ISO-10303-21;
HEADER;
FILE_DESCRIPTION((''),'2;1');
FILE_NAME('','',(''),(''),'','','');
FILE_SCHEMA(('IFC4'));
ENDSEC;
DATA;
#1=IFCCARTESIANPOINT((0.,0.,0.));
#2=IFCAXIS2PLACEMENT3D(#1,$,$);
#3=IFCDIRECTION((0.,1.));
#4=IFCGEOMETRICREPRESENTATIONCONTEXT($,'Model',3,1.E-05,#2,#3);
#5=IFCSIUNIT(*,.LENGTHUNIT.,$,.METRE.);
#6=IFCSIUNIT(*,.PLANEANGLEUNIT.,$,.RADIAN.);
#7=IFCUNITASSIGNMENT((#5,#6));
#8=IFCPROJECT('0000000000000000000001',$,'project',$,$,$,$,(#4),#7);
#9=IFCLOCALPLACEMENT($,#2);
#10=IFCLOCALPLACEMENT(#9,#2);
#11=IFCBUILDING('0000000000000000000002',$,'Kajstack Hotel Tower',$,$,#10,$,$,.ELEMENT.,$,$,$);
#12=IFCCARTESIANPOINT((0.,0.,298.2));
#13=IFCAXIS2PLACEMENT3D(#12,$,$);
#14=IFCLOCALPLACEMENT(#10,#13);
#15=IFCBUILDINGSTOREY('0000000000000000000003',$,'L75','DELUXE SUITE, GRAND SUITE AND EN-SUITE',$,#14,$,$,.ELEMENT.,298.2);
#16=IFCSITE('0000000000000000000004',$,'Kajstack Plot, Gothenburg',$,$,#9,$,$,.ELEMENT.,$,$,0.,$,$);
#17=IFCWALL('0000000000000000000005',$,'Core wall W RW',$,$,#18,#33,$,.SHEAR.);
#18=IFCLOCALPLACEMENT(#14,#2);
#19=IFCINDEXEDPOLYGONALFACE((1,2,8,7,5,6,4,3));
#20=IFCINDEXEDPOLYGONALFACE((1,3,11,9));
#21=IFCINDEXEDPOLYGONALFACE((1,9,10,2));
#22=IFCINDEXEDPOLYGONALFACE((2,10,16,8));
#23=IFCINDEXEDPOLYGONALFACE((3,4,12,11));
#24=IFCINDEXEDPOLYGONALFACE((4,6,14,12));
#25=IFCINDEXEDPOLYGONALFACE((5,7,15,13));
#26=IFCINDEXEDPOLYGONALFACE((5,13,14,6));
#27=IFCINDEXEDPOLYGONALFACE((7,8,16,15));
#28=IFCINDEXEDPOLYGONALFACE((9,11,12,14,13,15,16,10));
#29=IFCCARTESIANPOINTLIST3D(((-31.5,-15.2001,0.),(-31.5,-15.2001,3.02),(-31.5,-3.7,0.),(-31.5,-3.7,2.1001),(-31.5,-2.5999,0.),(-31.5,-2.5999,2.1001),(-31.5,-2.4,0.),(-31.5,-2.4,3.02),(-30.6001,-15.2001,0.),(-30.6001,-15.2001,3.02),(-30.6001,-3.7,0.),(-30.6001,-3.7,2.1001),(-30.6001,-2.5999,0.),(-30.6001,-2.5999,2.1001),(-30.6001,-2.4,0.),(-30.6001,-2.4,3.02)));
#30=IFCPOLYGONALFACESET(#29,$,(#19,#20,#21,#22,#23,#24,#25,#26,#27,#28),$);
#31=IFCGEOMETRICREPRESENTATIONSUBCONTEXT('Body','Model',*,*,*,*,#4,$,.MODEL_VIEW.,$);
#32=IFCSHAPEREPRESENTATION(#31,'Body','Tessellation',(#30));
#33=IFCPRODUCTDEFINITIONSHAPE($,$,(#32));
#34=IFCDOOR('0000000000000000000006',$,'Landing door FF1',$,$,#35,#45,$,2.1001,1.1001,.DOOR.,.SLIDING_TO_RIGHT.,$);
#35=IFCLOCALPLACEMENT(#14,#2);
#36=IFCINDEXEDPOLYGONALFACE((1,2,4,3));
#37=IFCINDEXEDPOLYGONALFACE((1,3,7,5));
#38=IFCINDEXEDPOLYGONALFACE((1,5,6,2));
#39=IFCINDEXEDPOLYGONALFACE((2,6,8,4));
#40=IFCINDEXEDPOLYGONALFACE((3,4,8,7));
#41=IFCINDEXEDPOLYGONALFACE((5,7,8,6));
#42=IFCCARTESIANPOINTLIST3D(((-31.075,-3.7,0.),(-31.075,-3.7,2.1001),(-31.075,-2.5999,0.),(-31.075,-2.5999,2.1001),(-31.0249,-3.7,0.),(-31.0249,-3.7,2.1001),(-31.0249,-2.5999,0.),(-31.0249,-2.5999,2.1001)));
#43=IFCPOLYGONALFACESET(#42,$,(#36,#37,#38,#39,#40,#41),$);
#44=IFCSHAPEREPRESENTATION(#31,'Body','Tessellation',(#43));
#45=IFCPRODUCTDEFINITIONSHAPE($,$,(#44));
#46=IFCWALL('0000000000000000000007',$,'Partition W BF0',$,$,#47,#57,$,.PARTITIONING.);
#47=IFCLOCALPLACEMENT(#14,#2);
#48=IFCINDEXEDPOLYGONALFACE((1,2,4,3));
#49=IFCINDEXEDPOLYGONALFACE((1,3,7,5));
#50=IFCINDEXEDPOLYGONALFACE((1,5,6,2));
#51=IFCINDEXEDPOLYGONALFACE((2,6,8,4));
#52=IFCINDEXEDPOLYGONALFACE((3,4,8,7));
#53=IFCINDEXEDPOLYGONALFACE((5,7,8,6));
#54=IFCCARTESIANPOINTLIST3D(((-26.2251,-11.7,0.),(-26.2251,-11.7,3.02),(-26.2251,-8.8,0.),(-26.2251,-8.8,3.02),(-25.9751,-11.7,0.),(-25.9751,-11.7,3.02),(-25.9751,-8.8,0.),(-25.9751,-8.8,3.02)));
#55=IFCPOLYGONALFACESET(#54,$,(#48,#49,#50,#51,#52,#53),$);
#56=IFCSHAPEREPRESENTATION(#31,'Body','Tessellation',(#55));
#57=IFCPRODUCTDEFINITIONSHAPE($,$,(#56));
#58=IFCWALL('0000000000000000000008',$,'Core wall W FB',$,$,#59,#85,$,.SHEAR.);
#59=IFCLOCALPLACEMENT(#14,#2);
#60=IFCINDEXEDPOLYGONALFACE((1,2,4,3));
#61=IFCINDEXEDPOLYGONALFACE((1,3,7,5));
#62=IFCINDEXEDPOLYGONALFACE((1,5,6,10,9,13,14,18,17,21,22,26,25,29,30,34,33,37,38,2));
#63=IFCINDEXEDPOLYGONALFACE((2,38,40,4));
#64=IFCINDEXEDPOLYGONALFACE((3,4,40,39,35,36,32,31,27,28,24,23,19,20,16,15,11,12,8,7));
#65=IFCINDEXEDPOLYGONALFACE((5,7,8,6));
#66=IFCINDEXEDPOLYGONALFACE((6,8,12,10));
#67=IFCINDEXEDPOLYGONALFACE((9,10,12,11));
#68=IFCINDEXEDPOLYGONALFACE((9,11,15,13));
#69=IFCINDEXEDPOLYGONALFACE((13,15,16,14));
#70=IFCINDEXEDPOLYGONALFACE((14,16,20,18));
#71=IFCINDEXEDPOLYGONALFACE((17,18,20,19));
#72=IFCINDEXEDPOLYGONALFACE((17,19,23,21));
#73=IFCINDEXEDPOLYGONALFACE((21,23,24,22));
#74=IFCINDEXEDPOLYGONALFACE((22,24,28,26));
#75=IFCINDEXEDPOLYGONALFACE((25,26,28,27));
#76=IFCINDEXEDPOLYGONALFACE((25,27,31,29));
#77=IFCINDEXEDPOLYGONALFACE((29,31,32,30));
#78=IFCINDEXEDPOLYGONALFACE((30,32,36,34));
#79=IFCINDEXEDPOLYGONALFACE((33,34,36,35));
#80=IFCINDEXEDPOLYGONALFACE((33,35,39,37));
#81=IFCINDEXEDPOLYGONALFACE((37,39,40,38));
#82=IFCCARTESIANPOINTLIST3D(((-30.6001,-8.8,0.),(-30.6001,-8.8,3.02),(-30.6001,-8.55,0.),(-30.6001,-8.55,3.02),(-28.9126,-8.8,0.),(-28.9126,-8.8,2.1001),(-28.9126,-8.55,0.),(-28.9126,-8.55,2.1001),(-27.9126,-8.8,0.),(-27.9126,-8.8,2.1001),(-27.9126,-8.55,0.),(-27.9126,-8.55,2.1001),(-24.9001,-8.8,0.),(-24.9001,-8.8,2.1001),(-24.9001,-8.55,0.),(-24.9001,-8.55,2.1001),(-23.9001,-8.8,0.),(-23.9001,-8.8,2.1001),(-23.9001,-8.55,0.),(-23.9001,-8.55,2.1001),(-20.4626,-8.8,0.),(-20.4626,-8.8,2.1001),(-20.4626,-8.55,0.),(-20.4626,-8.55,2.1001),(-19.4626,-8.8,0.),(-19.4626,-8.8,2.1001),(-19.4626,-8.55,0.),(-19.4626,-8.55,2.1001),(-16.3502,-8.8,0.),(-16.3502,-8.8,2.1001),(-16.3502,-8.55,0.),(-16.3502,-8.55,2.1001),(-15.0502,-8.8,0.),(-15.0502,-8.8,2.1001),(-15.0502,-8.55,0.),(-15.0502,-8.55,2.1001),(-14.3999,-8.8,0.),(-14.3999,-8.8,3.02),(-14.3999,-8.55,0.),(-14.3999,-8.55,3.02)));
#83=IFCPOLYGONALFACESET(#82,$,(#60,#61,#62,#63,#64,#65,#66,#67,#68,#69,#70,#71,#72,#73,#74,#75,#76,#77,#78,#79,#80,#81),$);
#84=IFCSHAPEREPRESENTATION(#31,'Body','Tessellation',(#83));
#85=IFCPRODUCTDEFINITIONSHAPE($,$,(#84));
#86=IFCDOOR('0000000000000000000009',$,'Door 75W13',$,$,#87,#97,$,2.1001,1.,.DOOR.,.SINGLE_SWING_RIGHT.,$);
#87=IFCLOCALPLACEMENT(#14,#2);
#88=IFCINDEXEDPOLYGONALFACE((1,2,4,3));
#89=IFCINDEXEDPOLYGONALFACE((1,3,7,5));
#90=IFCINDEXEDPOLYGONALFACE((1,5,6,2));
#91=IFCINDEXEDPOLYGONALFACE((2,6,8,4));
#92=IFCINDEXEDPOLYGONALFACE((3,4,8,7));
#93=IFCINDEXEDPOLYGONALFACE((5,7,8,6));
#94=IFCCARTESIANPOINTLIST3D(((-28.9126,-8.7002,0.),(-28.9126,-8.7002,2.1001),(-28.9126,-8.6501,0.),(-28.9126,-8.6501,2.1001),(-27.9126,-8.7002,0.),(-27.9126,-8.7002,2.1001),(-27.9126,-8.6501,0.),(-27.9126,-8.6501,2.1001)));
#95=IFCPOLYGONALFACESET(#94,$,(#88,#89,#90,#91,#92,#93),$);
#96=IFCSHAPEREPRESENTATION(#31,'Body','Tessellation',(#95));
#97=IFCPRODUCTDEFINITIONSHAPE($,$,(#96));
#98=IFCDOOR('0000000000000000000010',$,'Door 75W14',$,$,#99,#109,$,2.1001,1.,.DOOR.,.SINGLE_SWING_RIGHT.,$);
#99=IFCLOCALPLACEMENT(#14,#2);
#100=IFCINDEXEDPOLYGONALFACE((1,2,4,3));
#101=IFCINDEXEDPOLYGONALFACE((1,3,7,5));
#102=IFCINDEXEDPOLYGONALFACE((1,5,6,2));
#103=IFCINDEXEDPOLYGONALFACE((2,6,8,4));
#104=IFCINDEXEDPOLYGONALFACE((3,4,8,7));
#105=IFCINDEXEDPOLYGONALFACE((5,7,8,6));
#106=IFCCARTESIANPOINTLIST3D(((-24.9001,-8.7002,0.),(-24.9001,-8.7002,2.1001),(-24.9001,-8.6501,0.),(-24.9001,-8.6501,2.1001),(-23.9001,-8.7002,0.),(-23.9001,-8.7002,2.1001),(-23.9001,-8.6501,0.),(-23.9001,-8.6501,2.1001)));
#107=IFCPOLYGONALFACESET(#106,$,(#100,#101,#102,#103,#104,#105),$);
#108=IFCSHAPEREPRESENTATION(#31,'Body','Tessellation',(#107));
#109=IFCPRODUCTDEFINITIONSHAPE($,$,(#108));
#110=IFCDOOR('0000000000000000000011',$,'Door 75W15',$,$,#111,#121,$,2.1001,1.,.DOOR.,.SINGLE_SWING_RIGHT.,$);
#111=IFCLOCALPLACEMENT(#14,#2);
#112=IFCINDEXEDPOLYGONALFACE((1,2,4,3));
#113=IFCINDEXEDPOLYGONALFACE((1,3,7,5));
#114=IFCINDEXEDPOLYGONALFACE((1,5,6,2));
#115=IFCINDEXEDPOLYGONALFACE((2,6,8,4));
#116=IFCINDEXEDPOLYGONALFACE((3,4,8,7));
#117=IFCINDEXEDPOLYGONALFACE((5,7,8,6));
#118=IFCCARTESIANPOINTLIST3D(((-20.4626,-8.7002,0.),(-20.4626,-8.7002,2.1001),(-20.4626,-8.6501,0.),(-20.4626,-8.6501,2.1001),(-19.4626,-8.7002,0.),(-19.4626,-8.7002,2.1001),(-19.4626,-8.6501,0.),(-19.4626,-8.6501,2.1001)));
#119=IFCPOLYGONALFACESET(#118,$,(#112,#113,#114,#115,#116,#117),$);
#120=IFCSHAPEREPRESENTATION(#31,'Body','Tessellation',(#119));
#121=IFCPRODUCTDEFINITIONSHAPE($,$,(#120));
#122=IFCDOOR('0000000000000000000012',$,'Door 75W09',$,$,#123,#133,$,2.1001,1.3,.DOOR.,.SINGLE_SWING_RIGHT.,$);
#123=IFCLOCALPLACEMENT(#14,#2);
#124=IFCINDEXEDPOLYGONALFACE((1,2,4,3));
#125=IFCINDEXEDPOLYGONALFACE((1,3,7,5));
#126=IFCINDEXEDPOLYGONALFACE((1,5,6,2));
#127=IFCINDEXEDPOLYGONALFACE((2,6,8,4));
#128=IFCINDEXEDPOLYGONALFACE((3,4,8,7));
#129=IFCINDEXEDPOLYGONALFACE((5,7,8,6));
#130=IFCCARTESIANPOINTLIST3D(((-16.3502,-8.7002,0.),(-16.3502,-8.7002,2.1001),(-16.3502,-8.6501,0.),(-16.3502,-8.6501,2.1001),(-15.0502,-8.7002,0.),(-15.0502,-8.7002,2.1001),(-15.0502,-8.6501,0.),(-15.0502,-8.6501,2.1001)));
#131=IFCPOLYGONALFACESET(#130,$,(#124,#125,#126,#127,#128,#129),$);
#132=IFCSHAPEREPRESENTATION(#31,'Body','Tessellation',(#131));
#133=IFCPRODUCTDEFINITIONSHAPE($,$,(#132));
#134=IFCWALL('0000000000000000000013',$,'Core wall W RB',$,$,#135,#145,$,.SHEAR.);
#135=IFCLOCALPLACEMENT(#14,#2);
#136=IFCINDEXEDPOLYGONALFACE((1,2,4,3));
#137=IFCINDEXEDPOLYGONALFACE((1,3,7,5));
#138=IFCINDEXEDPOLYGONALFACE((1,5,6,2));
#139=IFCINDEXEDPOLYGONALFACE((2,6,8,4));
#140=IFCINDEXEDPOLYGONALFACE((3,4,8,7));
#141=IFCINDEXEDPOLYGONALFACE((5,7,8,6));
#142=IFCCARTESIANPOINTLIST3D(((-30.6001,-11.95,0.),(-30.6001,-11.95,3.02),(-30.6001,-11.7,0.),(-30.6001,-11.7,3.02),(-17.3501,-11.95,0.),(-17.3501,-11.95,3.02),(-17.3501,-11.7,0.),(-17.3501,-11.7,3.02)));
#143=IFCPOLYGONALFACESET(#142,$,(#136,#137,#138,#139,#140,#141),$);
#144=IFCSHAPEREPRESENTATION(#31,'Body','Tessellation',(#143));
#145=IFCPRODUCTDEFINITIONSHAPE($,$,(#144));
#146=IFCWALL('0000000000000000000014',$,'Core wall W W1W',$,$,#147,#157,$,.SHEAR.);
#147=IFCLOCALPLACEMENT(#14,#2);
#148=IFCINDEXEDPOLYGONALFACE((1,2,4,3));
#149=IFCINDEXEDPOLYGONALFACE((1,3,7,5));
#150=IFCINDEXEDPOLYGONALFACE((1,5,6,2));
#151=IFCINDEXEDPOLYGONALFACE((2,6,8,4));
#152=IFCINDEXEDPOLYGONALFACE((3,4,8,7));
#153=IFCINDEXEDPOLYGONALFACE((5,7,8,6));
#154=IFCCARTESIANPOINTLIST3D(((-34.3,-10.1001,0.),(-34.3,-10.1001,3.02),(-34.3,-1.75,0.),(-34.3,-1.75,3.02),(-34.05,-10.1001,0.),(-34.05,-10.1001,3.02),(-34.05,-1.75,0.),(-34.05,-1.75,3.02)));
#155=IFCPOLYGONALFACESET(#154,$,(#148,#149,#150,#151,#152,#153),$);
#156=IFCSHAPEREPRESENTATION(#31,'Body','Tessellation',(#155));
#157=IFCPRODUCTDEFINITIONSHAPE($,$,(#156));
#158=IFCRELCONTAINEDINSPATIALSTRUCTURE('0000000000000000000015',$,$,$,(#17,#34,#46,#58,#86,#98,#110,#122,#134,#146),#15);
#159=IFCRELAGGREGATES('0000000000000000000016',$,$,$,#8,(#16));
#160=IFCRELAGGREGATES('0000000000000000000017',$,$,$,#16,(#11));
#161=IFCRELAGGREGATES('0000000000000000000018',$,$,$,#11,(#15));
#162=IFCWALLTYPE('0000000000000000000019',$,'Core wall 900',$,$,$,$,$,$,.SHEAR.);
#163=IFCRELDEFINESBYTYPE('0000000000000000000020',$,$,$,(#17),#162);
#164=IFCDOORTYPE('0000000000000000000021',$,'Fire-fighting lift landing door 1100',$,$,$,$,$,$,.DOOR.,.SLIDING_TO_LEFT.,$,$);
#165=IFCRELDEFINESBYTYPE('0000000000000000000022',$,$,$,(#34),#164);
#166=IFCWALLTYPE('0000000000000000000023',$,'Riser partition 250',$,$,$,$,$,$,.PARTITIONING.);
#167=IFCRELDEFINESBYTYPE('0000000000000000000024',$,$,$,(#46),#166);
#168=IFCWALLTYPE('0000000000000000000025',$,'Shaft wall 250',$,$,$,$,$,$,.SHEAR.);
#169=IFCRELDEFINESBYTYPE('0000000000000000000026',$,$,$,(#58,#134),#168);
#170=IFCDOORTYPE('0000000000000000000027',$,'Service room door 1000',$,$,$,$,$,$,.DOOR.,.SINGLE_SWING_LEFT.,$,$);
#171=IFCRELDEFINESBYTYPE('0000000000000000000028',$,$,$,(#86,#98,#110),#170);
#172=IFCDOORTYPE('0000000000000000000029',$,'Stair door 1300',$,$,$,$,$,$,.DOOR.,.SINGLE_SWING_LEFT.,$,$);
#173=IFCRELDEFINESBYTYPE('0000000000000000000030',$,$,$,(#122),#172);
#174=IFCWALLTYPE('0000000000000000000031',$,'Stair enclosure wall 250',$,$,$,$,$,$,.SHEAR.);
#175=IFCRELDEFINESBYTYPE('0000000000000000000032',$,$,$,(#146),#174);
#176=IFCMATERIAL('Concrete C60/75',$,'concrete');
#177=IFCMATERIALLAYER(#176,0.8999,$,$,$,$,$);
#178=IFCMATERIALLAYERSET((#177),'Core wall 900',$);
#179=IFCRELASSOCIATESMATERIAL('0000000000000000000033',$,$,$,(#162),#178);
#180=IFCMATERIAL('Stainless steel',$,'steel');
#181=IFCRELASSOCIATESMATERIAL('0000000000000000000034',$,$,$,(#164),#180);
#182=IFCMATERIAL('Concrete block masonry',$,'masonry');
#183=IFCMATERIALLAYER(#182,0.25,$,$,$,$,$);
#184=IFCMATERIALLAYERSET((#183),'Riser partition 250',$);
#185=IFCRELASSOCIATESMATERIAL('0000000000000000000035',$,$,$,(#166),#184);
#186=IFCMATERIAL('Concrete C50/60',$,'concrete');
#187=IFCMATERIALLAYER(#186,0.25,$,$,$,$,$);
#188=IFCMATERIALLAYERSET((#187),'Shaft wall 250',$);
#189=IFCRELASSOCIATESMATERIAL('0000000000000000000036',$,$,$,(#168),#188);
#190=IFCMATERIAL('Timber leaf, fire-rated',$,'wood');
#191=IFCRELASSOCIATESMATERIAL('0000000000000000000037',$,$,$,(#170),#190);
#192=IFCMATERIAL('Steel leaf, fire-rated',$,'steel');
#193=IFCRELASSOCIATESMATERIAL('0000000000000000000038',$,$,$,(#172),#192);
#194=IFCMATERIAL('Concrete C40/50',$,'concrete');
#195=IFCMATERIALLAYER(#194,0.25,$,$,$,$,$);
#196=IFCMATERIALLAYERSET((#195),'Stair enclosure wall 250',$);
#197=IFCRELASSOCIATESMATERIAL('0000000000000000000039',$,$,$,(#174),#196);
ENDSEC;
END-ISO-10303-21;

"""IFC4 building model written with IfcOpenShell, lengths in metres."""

from ifc_helpers import new_model, si_unit, direction, frame, frame_2d, origin, place, context, subcontext, project, spatial, rectangle, extrude, material, layer, layer_set, type_object, element, fill, save


model = new_model("IFC4")

# Units and contexts
model_context = context("Model", 3, precision=1e-05, world=origin(), true_north=direction((0.0, 1.0)))
body_context = subcontext(model_context, "Body", "Model", "MODEL_VIEW")
ifc_project = project(units=[si_unit("LENGTHUNIT", "METRE"), si_unit("PLANEANGLEUNIT", "RADIAN")], contexts=[model_context])

# Site, building, storey
site_placement = place(None, origin())
site = spatial("IfcSite", under=ifc_project, at=site_placement, Name="Kajstack Plot, Gothenburg", CompositionType="ELEMENT", RefElevation=0.0)
building_placement = place(site_placement, origin())
building = spatial("IfcBuilding", under=site, at=building_placement, Name="Kajstack Hotel Tower", CompositionType="ELEMENT")
storey_placement = place(building_placement, frame((0.0, 0.0, 298.2)))
storey = spatial("IfcBuildingStorey", under=building, at=storey_placement, Name="L75", Description="DELUXE SUITE, GRAND SUITE AND EN-SUITE", CompositionType="ELEMENT", Elevation=298.2)

# Wall, opening, door
ifc_material_1 = material(Name="Concrete C60/75", Category="concrete")
ifc_layer_1 = layer(ifc_material_1, 0.8999)
ifc_layer_set_1 = layer_set([ifc_layer_1], Name="Core wall 900")
wall_type_1 = type_object("IfcWallType", Name="Core wall 900", PredefinedType="SHEAR", material=ifc_layer_set_1)
wall_1_placement = place(storey_placement, frame((-31.05, -15.2, 0.0), z_axis=(0.0, 0.0, 1.0), x_axis=(0.0, 1.0, 0.0)))
wall_1 = element("IfcWall", 1, at=wall_1_placement, inside=storey, type_object=wall_type_1, Name="Core wall W RW", PredefinedType="SHEAR", context=body_context, shape_type="SweptSolid", body=[
    extrude(rectangle(XDim=12.8, YDim=0.8999, at=frame_2d((6.3999, 0.0))), origin(), (0.0, 0.0, 1.0), 3.02),
])
opening_1_placement = place(wall_1_placement, frame((11.5, 0.0, 0.0)))
opening_1 = element("IfcOpeningElement", 2, at=opening_1_placement, cuts=wall_1, PredefinedType="OPENING", context=body_context, shape_type="SweptSolid", body=[
    extrude(rectangle(XDim=1.1001, YDim=2.1001, at=frame_2d((0.55, 1.05))), frame((0.0, 0.46, 0.0), z_axis=(0.0, -1.0, 0.0), x_axis=(1.0, 0.0, 0.0)), (0.0, 0.0, 1.0), 0.9199),
])
ifc_material_2 = material(Name="Stainless steel", Category="steel")
door_type_1 = type_object("IfcDoorType", Name="Fire-fighting lift landing door 1100", OperationType="SLIDING_TO_LEFT", PredefinedType="DOOR", material=ifc_material_2)
door_1_placement = place(opening_1_placement, origin())
door_1 = element("IfcDoor", 3, at=door_1_placement, inside=storey, type_object=door_type_1, Name="Landing door FF1", OperationType="SLIDING_TO_RIGHT", OverallHeight=2.1001, OverallWidth=1.1001, PredefinedType="DOOR", context=body_context, shape_type="SweptSolid", body=[
    extrude(rectangle(XDim=1.1001, YDim=2.1001, at=frame_2d((0.55, 1.05))), frame((0.0, 0.0249, 0.0), z_axis=(0.0, -1.0, 0.0), x_axis=(1.0, 0.0, 0.0)), (0.0, 0.0, 1.0), 0.05),
])
fill(opening_1, door_1)

# Wall
ifc_material_3 = material(Name="Concrete block masonry", Category="masonry")
ifc_layer_2 = layer(ifc_material_3, 0.25)
ifc_layer_set_2 = layer_set([ifc_layer_2], Name="Riser partition 250")
wall_type_2 = type_object("IfcWallType", Name="Riser partition 250", PredefinedType="PARTITIONING", material=ifc_layer_set_2)
wall_2_placement = place(storey_placement, frame((-26.1001, -11.7, 0.0), z_axis=(0.0, 0.0, 1.0), x_axis=(0.0, 1.0, 0.0)))
element("IfcWall", 4, at=wall_2_placement, inside=storey, type_object=wall_type_2, Name="Partition W BF0", PredefinedType="PARTITIONING", context=body_context, shape_type="SweptSolid", body=[
    extrude(rectangle(XDim=2.8999, YDim=0.25, at=frame_2d((1.45, 0.0))), origin(), (0.0, 0.0, 1.0), 3.02),
])

# Wall, openings, doors
ifc_material_4 = material(Name="Concrete C50/60", Category="concrete")
ifc_layer_3 = layer(ifc_material_4, 0.25)
ifc_layer_set_3 = layer_set([ifc_layer_3], Name="Shaft wall 250")
wall_type_3 = type_object("IfcWallType", Name="Shaft wall 250", PredefinedType="SHEAR", material=ifc_layer_set_3)
wall_3_placement = place(storey_placement, frame((-30.6001, -8.675, 0.0), z_axis=(0.0, 0.0, 1.0), x_axis=(1.0, 0.0, 0.0)))
wall_3 = element("IfcWall", 5, at=wall_3_placement, inside=storey, type_object=wall_type_3, Name="Core wall W FB", PredefinedType="SHEAR", context=body_context, shape_type="SweptSolid", body=[
    extrude(rectangle(XDim=16.2002, YDim=0.25, at=frame_2d((8.1001, 0.0))), origin(), (0.0, 0.0, 1.0), 3.02),
])
opening_2_placement = place(wall_3_placement, frame((14.25, 0.0, 0.0)))
opening_2 = element("IfcOpeningElement", 6, at=opening_2_placement, cuts=wall_3, PredefinedType="OPENING", context=body_context, shape_type="SweptSolid", body=[
    extrude(rectangle(XDim=1.3, YDim=2.1001, at=frame_2d((0.6499, 1.05))), frame((0.0, 0.135, 0.0), z_axis=(0.0, -1.0, 0.0), x_axis=(1.0, 0.0, 0.0)), (0.0, 0.0, 1.0), 0.27),
])
opening_3_placement = place(wall_3_placement, frame((1.6875, 0.0, 0.0)))
opening_3 = element("IfcOpeningElement", 7, at=opening_3_placement, cuts=wall_3, PredefinedType="OPENING", context=body_context, shape_type="SweptSolid", body=[
    extrude(rectangle(XDim=1.0, YDim=2.1001, at=frame_2d((0.5, 1.05))), frame((0.0, 0.135, 0.0), z_axis=(0.0, -1.0, 0.0), x_axis=(1.0, 0.0, 0.0)), (0.0, 0.0, 1.0), 0.27),
])
opening_4_placement = place(wall_3_placement, frame((5.7, 0.0, 0.0)))
opening_4 = element("IfcOpeningElement", 8, at=opening_4_placement, cuts=wall_3, PredefinedType="OPENING", context=body_context, shape_type="SweptSolid", body=[
    extrude(rectangle(XDim=1.0, YDim=2.1001, at=frame_2d((0.5, 1.05))), frame((0.0, 0.135, 0.0), z_axis=(0.0, -1.0, 0.0), x_axis=(1.0, 0.0, 0.0)), (0.0, 0.0, 1.0), 0.27),
])
opening_5_placement = place(wall_3_placement, frame((10.1375, 0.0, 0.0)))
opening_5 = element("IfcOpeningElement", 9, at=opening_5_placement, cuts=wall_3, PredefinedType="OPENING", context=body_context, shape_type="SweptSolid", body=[
    extrude(rectangle(XDim=1.0, YDim=2.1001, at=frame_2d((0.5, 1.05))), frame((0.0, 0.135, 0.0), z_axis=(0.0, -1.0, 0.0), x_axis=(1.0, 0.0, 0.0)), (0.0, 0.0, 1.0), 0.27),
])
ifc_material_5 = material(Name="Timber leaf, fire-rated", Category="wood")
door_type_2 = type_object("IfcDoorType", Name="Service room door 1000", OperationType="SINGLE_SWING_LEFT", PredefinedType="DOOR", material=ifc_material_5)
door_2_placement = place(opening_3_placement, origin())
door_2 = element("IfcDoor", 10, at=door_2_placement, inside=storey, type_object=door_type_2, Name="Door 75W13", OperationType="SINGLE_SWING_RIGHT", OverallHeight=2.1001, OverallWidth=1.0, PredefinedType="DOOR", context=body_context, shape_type="SweptSolid", body=[
    extrude(rectangle(XDim=1.0, YDim=2.1001, at=frame_2d((0.5, 1.05))), frame((0.0, 0.0249, 0.0), z_axis=(0.0, -1.0, 0.0), x_axis=(1.0, 0.0, 0.0)), (0.0, 0.0, 1.0), 0.05),
])
fill(opening_3, door_2)
door_3_placement = place(opening_4_placement, origin())
door_3 = element("IfcDoor", 11, at=door_3_placement, inside=storey, type_object=door_type_2, Name="Door 75W14", OperationType="SINGLE_SWING_RIGHT", OverallHeight=2.1001, OverallWidth=1.0, PredefinedType="DOOR", context=body_context, shape_type="SweptSolid", body=[
    extrude(rectangle(XDim=1.0, YDim=2.1001, at=frame_2d((0.5, 1.05))), frame((0.0, 0.0249, 0.0), z_axis=(0.0, -1.0, 0.0), x_axis=(1.0, 0.0, 0.0)), (0.0, 0.0, 1.0), 0.05),
])
fill(opening_4, door_3)
door_4_placement = place(opening_5_placement, origin())
door_4 = element("IfcDoor", 12, at=door_4_placement, inside=storey, type_object=door_type_2, Name="Door 75W15", OperationType="SINGLE_SWING_RIGHT", OverallHeight=2.1001, OverallWidth=1.0, PredefinedType="DOOR", context=body_context, shape_type="SweptSolid", body=[
    extrude(rectangle(XDim=1.0, YDim=2.1001, at=frame_2d((0.5, 1.05))), frame((0.0, 0.0249, 0.0), z_axis=(0.0, -1.0, 0.0), x_axis=(1.0, 0.0, 0.0)), (0.0, 0.0, 1.0), 0.05),
])
fill(opening_5, door_4)
ifc_material_6 = material(Name="Steel leaf, fire-rated", Category="steel")
door_type_3 = type_object("IfcDoorType", Name="Stair door 1300", OperationType="SINGLE_SWING_LEFT", PredefinedType="DOOR", material=ifc_material_6)
door_5_placement = place(opening_2_placement, origin())
door_5 = element("IfcDoor", 13, at=door_5_placement, inside=storey, type_object=door_type_3, Name="Door 75W09", OperationType="SINGLE_SWING_RIGHT", OverallHeight=2.1001, OverallWidth=1.3, PredefinedType="DOOR", context=body_context, shape_type="SweptSolid", body=[
    extrude(rectangle(XDim=1.3, YDim=2.1001, at=frame_2d((0.6499, 1.05))), frame((0.0, 0.0249, 0.0), z_axis=(0.0, -1.0, 0.0), x_axis=(1.0, 0.0, 0.0)), (0.0, 0.0, 1.0), 0.05),
])
fill(opening_2, door_5)

# Walls
wall_4_placement = place(storey_placement, frame((-30.6001, -11.825, 0.0), z_axis=(0.0, 0.0, 1.0), x_axis=(1.0, 0.0, 0.0)))
element("IfcWall", 14, at=wall_4_placement, inside=storey, type_object=wall_type_3, Name="Core wall W RB", PredefinedType="SHEAR", context=body_context, shape_type="SweptSolid", body=[
    extrude(rectangle(XDim=13.25, YDim=0.25, at=frame_2d((6.625, 0.0))), origin(), (0.0, 0.0, 1.0), 3.02),
])
ifc_material_7 = material(Name="Concrete C40/50", Category="concrete")
ifc_layer_4 = layer(ifc_material_7, 0.25)
ifc_layer_set_4 = layer_set([ifc_layer_4], Name="Stair enclosure wall 250")
wall_type_4 = type_object("IfcWallType", Name="Stair enclosure wall 250", PredefinedType="SHEAR", material=ifc_layer_set_4)
wall_5_placement = place(storey_placement, frame((-34.175, -10.1001, 0.0), z_axis=(0.0, 0.0, 1.0), x_axis=(0.0, 1.0, 0.0)))
element("IfcWall", 15, at=wall_5_placement, inside=storey, type_object=wall_type_4, Name="Core wall W W1W", PredefinedType="SHEAR", context=body_context, shape_type="SweptSolid", body=[
    extrude(rectangle(XDim=8.3501, YDim=0.25, at=frame_2d((4.175, 0.0))), origin(), (0.0, 0.0, 1.0), 3.02),
])

save(model, "model.ifc")
